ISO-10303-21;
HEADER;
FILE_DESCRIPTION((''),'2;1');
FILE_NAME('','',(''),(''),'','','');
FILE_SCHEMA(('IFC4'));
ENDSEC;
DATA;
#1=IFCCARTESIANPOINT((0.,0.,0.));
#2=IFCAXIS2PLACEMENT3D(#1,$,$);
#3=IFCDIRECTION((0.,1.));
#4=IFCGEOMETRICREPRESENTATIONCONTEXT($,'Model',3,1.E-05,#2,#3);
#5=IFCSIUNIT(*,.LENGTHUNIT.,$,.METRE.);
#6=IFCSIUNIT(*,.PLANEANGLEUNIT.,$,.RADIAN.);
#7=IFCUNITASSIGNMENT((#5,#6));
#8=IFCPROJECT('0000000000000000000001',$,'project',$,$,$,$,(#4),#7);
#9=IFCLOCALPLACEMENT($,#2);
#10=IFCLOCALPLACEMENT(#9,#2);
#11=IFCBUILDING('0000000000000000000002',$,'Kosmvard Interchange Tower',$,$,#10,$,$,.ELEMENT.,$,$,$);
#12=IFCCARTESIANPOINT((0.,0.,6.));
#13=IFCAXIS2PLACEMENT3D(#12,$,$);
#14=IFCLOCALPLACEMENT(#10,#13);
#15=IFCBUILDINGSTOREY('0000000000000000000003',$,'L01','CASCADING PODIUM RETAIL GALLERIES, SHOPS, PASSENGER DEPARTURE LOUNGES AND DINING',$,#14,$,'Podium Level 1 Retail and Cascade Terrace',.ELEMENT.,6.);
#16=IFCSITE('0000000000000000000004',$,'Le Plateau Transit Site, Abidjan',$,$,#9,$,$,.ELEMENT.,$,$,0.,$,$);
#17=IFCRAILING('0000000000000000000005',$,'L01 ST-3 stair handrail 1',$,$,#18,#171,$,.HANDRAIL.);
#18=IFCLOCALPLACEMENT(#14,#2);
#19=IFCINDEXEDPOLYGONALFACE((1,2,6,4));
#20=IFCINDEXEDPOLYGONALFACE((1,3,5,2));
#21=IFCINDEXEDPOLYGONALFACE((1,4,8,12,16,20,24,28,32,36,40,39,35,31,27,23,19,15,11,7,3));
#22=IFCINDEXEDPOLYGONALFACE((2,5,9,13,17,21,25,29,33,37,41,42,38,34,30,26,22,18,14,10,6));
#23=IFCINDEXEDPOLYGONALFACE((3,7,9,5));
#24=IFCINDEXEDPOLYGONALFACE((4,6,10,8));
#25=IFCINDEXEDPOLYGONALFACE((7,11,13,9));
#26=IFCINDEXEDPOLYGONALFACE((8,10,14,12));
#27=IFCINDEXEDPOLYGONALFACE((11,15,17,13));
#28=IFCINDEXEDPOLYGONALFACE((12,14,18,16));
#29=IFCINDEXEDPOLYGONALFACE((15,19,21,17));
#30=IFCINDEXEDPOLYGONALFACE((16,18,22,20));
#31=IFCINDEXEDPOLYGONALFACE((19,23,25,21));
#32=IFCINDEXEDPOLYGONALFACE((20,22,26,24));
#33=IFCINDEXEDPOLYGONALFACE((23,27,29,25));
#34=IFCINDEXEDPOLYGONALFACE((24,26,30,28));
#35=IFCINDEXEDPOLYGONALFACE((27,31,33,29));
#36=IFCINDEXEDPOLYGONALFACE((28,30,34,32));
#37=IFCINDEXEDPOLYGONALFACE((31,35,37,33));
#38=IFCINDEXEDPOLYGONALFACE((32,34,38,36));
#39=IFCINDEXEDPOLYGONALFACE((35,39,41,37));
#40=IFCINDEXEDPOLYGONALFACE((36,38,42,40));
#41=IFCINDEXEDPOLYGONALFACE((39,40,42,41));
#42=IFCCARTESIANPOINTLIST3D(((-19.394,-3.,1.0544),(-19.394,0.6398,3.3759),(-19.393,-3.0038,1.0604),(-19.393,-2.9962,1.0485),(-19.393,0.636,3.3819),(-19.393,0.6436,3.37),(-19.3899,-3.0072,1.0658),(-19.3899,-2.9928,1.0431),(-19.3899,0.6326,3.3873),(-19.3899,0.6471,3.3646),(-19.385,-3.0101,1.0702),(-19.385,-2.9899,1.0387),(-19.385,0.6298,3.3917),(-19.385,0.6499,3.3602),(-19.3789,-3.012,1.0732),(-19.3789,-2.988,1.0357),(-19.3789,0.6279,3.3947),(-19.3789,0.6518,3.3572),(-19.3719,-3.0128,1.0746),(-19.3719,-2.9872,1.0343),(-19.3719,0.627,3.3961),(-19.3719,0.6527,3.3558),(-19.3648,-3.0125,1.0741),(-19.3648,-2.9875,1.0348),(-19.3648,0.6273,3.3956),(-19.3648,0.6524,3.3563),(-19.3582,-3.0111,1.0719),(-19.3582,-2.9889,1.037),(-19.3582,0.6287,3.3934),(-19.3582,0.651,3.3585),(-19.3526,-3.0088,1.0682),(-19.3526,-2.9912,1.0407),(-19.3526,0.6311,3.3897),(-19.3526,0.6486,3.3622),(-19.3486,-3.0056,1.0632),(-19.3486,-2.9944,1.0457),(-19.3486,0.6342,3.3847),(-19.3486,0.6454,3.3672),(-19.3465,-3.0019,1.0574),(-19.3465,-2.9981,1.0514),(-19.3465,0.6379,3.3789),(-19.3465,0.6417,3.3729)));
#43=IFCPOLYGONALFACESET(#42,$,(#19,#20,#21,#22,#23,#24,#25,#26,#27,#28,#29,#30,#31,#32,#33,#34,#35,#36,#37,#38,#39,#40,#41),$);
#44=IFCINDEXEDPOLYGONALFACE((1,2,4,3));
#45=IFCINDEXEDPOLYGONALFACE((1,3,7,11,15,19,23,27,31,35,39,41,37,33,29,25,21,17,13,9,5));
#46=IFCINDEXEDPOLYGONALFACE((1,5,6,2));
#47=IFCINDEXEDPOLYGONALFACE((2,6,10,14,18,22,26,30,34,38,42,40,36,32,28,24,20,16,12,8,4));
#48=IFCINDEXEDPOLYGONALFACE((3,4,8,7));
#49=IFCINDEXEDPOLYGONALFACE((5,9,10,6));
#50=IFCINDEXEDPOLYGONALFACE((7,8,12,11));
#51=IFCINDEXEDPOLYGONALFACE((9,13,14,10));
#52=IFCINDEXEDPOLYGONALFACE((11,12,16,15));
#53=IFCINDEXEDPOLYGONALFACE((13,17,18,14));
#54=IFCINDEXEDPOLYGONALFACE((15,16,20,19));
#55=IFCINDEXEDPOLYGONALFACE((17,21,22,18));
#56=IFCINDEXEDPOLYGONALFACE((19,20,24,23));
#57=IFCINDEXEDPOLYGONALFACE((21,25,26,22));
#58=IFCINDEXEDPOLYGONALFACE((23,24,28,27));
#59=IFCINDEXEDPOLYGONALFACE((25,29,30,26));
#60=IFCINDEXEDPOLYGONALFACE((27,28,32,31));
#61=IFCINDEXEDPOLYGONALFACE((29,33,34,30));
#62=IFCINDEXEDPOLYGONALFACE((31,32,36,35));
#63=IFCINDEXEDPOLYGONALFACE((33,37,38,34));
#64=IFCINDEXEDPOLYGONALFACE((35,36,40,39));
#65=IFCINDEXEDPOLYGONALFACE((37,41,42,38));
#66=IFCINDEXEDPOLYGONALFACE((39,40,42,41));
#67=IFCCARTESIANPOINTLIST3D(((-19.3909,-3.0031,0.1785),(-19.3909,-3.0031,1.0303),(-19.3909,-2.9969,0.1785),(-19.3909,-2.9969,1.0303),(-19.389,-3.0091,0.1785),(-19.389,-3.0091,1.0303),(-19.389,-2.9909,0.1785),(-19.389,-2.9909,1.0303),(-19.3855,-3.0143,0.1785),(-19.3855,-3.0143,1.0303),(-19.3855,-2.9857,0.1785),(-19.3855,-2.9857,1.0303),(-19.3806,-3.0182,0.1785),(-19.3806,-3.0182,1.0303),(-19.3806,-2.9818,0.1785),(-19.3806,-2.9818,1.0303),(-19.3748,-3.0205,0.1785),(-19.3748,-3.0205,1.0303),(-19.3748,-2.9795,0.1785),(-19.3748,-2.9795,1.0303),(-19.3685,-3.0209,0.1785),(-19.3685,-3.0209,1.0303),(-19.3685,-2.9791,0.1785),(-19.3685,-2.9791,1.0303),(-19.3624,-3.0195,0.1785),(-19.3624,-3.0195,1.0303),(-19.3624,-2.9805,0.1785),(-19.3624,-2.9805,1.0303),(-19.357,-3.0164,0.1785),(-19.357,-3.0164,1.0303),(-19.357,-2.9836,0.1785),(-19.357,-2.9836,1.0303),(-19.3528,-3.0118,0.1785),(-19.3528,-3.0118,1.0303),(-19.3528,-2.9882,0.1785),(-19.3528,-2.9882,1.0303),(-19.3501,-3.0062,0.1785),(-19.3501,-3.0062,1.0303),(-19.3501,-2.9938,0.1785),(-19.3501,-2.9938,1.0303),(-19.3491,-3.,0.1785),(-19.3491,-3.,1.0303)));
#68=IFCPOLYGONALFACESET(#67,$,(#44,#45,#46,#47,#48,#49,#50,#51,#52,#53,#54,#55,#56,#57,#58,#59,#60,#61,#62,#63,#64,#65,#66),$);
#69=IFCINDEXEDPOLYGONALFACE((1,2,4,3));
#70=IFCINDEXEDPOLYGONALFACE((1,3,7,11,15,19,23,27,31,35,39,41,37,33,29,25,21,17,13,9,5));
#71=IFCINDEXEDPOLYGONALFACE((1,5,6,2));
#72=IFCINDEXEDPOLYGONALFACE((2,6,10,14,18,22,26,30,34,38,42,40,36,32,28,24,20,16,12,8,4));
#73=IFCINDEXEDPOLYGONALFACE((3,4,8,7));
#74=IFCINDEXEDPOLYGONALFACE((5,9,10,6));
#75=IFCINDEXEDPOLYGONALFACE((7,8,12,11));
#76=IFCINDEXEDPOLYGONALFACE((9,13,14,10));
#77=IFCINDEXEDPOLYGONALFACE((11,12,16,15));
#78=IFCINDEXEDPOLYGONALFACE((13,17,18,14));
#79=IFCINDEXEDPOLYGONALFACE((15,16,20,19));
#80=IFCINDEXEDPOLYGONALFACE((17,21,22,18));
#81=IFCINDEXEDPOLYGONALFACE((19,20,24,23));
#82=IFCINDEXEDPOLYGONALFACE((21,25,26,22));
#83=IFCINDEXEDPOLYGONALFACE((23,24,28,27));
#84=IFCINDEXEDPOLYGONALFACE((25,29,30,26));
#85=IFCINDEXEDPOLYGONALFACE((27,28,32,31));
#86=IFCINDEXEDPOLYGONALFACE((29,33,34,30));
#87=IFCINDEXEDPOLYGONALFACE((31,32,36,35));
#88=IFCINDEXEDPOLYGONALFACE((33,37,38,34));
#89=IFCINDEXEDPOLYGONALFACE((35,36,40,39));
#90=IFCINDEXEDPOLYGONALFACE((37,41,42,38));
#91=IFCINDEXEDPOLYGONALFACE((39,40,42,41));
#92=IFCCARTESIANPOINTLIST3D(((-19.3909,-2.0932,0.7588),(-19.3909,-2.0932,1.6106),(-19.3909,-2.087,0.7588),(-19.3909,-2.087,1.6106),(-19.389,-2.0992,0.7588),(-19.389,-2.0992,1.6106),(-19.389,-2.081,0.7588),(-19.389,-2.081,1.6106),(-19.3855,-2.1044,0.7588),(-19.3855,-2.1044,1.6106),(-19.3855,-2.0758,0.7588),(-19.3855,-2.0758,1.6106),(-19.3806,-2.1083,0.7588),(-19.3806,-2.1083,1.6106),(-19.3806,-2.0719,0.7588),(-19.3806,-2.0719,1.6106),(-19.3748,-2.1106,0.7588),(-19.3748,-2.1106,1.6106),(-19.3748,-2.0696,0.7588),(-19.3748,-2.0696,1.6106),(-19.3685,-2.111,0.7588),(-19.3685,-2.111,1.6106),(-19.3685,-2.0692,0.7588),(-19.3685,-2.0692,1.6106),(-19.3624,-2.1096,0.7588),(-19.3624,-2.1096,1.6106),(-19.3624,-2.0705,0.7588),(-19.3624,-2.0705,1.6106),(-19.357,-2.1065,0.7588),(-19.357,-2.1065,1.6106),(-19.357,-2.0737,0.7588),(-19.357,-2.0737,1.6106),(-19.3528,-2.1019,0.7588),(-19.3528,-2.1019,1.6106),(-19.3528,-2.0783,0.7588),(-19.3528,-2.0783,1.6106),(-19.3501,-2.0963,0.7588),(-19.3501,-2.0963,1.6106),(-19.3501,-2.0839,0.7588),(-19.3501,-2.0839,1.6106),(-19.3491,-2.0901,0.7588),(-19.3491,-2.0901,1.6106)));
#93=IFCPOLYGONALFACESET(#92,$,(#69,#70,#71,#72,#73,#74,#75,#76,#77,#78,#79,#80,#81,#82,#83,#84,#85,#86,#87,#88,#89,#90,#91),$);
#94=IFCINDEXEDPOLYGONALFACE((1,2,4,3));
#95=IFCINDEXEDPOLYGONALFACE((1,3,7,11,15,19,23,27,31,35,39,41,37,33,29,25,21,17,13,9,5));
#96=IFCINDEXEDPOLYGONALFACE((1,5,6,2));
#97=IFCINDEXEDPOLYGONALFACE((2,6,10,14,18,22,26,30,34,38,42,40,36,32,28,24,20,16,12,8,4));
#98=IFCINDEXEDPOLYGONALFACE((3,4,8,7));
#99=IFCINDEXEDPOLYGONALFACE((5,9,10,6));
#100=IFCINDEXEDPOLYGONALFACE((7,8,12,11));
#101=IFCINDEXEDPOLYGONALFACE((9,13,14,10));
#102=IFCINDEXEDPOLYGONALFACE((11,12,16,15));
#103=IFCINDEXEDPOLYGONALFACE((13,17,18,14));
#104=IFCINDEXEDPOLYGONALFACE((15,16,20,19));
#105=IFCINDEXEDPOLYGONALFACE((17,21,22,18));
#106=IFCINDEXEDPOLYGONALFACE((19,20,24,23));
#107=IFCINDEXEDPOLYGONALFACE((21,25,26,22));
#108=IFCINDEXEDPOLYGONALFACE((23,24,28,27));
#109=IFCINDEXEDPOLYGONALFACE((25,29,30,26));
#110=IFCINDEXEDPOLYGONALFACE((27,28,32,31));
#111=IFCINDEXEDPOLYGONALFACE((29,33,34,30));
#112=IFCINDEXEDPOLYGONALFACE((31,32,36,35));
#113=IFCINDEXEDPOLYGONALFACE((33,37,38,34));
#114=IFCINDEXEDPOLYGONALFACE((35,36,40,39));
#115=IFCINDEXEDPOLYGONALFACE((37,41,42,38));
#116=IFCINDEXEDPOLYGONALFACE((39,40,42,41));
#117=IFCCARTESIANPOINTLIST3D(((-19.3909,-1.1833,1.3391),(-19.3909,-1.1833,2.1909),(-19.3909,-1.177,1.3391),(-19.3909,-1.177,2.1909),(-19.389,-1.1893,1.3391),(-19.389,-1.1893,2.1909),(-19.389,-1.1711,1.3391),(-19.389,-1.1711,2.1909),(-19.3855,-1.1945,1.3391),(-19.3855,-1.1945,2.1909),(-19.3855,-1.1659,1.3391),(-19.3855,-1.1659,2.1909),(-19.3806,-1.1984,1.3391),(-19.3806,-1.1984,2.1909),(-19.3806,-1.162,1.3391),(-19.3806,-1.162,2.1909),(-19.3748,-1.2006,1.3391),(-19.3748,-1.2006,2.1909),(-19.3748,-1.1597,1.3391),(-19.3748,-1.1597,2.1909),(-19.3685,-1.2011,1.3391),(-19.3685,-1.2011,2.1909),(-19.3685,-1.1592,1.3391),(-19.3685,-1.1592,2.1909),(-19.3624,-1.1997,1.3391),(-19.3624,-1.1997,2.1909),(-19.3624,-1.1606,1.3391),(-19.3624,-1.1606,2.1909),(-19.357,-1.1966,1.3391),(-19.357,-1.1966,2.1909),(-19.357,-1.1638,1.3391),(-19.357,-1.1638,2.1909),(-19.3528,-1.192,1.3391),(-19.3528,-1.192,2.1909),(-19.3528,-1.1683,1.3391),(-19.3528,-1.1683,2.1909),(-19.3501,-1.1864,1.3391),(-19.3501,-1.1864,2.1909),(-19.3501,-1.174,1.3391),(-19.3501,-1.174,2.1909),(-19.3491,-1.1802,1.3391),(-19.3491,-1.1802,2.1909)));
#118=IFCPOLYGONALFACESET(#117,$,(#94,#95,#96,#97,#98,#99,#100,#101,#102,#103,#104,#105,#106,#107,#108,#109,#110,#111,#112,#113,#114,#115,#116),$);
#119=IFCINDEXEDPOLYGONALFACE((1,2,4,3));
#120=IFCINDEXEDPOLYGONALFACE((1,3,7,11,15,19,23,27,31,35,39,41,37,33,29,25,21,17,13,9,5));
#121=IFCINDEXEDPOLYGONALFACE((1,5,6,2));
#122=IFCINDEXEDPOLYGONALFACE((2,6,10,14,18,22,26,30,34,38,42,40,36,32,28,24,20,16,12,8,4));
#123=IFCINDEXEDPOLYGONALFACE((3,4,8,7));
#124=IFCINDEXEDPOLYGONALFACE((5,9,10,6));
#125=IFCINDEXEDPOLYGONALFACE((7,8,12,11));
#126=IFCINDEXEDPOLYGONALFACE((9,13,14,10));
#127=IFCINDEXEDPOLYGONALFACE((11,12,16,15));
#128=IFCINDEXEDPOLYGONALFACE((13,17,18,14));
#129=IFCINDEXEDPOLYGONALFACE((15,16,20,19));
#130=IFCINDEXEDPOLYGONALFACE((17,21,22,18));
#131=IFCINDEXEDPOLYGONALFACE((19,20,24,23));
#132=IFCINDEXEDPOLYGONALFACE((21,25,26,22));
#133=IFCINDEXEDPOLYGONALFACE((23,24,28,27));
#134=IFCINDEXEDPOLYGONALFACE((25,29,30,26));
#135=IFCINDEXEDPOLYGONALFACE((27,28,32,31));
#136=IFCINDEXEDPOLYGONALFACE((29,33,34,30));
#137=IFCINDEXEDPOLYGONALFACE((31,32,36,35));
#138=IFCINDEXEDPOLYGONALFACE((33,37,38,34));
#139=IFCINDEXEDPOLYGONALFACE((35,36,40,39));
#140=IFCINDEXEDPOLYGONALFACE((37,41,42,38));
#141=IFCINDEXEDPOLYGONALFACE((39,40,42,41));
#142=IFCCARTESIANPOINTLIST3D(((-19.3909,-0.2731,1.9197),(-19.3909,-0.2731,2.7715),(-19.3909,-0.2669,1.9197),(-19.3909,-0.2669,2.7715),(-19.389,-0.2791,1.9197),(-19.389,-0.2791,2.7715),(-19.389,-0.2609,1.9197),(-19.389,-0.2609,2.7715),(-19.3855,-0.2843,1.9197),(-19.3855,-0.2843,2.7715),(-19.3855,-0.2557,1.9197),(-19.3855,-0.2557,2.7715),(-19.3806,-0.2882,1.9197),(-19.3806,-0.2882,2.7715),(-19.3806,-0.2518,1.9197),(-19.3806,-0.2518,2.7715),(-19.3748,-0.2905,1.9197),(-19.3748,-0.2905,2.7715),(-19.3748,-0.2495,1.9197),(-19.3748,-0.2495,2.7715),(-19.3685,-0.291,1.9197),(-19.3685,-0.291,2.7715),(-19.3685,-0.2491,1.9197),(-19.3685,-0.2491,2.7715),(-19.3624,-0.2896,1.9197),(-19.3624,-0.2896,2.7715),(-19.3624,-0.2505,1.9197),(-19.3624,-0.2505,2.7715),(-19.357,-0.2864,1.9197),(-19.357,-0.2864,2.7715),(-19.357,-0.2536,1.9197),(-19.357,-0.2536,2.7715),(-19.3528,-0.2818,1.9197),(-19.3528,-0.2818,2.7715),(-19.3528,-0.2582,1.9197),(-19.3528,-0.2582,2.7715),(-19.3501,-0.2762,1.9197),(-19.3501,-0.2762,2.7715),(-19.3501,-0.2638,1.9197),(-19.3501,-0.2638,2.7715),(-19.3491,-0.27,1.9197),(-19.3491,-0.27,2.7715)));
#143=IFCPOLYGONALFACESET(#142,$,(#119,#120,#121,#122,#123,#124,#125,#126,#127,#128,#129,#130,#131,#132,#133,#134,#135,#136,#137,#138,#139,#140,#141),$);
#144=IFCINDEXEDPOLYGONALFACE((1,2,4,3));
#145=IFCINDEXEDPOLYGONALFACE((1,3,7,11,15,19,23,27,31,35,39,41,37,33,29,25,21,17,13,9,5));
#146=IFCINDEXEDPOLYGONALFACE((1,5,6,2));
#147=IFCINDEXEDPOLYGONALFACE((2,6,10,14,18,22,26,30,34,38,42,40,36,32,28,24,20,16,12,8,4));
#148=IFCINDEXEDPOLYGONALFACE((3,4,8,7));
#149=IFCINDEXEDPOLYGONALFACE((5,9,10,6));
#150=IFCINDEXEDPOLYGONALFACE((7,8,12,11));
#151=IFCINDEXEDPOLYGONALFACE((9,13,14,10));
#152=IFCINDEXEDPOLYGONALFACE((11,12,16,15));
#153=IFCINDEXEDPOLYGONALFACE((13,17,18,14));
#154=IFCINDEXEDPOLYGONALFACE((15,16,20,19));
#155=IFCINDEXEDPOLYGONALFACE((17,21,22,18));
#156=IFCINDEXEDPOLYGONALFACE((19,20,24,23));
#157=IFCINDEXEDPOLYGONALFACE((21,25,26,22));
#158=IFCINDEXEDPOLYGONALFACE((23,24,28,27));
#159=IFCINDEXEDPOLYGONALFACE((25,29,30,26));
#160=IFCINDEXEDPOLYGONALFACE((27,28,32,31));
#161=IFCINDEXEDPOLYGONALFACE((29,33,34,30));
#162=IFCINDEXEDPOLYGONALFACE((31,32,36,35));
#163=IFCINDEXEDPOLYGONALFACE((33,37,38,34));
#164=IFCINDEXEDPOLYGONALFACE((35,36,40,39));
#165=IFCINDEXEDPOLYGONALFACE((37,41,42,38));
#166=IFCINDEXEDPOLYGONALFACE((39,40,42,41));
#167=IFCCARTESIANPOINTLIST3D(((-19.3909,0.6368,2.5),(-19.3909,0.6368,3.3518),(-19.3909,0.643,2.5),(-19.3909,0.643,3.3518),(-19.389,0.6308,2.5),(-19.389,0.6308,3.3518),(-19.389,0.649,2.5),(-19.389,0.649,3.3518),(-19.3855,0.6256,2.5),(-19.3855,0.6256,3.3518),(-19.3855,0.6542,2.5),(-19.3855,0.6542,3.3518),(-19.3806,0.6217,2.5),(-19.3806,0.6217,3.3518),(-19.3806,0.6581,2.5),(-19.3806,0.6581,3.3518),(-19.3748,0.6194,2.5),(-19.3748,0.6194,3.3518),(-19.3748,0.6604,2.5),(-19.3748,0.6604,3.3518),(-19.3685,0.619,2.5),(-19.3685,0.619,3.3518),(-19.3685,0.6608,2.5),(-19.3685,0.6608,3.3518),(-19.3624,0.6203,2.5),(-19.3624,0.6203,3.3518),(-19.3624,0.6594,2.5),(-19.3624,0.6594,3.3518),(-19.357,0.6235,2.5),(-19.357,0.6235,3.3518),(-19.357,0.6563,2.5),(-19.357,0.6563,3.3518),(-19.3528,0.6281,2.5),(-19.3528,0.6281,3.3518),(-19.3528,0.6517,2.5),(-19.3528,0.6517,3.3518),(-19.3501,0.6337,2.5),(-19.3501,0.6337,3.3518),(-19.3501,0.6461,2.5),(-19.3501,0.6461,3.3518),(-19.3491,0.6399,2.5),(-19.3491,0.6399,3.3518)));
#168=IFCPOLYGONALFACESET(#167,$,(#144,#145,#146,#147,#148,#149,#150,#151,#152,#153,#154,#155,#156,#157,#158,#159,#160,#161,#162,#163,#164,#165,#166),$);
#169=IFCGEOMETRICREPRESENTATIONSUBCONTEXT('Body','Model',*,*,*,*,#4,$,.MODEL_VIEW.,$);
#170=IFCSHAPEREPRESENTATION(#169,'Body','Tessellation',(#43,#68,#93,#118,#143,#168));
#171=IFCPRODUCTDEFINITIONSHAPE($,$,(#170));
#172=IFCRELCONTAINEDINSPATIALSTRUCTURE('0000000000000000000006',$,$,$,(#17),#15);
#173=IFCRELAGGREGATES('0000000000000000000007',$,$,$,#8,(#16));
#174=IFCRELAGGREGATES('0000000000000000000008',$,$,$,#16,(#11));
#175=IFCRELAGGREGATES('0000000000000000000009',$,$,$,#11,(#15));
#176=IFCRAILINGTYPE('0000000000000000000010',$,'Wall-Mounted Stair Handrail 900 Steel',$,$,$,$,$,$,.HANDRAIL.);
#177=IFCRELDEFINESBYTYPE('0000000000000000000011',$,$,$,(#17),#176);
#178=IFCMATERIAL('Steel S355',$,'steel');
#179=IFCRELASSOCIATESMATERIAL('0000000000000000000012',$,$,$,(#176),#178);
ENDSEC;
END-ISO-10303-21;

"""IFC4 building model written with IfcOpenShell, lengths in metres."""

from ifc_helpers import new_model, si_unit, direction, frame, origin, origin_2d, place, context, subcontext, project, spatial, circle, extrude, source, transform, mapped, material, type_object, element, save


model = new_model("IFC4")

# Units and contexts
model_context = context("Model", 3, precision=1e-05, world=origin(), true_north=direction((0.0, 1.0)))
body_context = subcontext(model_context, "Body", "Model", "MODEL_VIEW")
ifc_project = project(units=[si_unit("LENGTHUNIT", "METRE"), si_unit("PLANEANGLEUNIT", "RADIAN")], contexts=[model_context])

# Site, building, storey
site_placement = place(None, origin())
site = spatial("IfcSite", under=ifc_project, at=site_placement, Name="Le Plateau Transit Site, Abidjan", CompositionType="ELEMENT", RefElevation=0.0)
building_placement = place(site_placement, origin())
building = spatial("IfcBuilding", under=site, at=building_placement, Name="Kosmvard Interchange Tower", CompositionType="ELEMENT")
storey_placement = place(building_placement, frame((0.0, 0.0, 6.0)))
storey = spatial("IfcBuildingStorey", under=building, at=storey_placement, Name="L01", Description="CASCADING PODIUM RETAIL GALLERIES, SHOPS, PASSENGER DEPARTURE LOUNGES AND DINING", LongName="Podium Level 1 Retail and Cascade Terrace", CompositionType="ELEMENT", Elevation=6.0)

# Shared definitions
ifc_material_1 = material(Name="Steel S355", Category="steel")

# Railing
railing_type_1 = type_object("IfcRailingType", Name="Wall-Mounted Stair Handrail 900 Steel", PredefinedType="HANDRAIL", material=ifc_material_1)
shared_shape_1 = source(origin(), body_context, "Body", "SweptSolid", [
    extrude(circle(Radius=0.0239, at=origin_2d()), frame((0.0, 0.0, 0.876), z_axis=(0.0, 0.843112, 0.537739), x_axis=(-1.0, 0.0, 0.0)), (0.0, 0.0, 1.0), 4.3171),
    extrude(circle(Radius=0.021, at=origin_2d()), origin(), (0.0, 0.0, 1.0), 0.8518),
    extrude(circle(Radius=0.021, at=origin_2d()), frame((0.0, 0.9099, 0.5803)), (0.0, 0.0, 1.0), 0.8518),
    extrude(circle(Radius=0.021, at=origin_2d()), frame((0.0, 1.8198, 1.1606)), (0.0, 0.0, 1.0), 0.8518),
    extrude(circle(Radius=0.021, at=origin_2d()), frame((0.0, 2.73, 1.7412)), (0.0, 0.0, 1.0), 0.8518),
    extrude(circle(Radius=0.021, at=origin_2d()), frame((0.0, 3.6399, 2.3215)), (0.0, 0.0, 1.0), 0.8518),
])
for number, where, name in (
    (1, (-19.3701, -3.0, 0.1785), "L01 ST-3 stair handrail 1"),
):
    element("IfcRailing", number, at=place(storey_placement, frame(where)), inside=storey, type_object=railing_type_1, Name=name, PredefinedType="HANDRAIL", context=body_context, shape_type="MappedRepresentation", body=[
        mapped(shared_shape_1, transform((0.0, 0.0, 0.0), scale=1.0)),
    ])

save(model, "model.ifc")
